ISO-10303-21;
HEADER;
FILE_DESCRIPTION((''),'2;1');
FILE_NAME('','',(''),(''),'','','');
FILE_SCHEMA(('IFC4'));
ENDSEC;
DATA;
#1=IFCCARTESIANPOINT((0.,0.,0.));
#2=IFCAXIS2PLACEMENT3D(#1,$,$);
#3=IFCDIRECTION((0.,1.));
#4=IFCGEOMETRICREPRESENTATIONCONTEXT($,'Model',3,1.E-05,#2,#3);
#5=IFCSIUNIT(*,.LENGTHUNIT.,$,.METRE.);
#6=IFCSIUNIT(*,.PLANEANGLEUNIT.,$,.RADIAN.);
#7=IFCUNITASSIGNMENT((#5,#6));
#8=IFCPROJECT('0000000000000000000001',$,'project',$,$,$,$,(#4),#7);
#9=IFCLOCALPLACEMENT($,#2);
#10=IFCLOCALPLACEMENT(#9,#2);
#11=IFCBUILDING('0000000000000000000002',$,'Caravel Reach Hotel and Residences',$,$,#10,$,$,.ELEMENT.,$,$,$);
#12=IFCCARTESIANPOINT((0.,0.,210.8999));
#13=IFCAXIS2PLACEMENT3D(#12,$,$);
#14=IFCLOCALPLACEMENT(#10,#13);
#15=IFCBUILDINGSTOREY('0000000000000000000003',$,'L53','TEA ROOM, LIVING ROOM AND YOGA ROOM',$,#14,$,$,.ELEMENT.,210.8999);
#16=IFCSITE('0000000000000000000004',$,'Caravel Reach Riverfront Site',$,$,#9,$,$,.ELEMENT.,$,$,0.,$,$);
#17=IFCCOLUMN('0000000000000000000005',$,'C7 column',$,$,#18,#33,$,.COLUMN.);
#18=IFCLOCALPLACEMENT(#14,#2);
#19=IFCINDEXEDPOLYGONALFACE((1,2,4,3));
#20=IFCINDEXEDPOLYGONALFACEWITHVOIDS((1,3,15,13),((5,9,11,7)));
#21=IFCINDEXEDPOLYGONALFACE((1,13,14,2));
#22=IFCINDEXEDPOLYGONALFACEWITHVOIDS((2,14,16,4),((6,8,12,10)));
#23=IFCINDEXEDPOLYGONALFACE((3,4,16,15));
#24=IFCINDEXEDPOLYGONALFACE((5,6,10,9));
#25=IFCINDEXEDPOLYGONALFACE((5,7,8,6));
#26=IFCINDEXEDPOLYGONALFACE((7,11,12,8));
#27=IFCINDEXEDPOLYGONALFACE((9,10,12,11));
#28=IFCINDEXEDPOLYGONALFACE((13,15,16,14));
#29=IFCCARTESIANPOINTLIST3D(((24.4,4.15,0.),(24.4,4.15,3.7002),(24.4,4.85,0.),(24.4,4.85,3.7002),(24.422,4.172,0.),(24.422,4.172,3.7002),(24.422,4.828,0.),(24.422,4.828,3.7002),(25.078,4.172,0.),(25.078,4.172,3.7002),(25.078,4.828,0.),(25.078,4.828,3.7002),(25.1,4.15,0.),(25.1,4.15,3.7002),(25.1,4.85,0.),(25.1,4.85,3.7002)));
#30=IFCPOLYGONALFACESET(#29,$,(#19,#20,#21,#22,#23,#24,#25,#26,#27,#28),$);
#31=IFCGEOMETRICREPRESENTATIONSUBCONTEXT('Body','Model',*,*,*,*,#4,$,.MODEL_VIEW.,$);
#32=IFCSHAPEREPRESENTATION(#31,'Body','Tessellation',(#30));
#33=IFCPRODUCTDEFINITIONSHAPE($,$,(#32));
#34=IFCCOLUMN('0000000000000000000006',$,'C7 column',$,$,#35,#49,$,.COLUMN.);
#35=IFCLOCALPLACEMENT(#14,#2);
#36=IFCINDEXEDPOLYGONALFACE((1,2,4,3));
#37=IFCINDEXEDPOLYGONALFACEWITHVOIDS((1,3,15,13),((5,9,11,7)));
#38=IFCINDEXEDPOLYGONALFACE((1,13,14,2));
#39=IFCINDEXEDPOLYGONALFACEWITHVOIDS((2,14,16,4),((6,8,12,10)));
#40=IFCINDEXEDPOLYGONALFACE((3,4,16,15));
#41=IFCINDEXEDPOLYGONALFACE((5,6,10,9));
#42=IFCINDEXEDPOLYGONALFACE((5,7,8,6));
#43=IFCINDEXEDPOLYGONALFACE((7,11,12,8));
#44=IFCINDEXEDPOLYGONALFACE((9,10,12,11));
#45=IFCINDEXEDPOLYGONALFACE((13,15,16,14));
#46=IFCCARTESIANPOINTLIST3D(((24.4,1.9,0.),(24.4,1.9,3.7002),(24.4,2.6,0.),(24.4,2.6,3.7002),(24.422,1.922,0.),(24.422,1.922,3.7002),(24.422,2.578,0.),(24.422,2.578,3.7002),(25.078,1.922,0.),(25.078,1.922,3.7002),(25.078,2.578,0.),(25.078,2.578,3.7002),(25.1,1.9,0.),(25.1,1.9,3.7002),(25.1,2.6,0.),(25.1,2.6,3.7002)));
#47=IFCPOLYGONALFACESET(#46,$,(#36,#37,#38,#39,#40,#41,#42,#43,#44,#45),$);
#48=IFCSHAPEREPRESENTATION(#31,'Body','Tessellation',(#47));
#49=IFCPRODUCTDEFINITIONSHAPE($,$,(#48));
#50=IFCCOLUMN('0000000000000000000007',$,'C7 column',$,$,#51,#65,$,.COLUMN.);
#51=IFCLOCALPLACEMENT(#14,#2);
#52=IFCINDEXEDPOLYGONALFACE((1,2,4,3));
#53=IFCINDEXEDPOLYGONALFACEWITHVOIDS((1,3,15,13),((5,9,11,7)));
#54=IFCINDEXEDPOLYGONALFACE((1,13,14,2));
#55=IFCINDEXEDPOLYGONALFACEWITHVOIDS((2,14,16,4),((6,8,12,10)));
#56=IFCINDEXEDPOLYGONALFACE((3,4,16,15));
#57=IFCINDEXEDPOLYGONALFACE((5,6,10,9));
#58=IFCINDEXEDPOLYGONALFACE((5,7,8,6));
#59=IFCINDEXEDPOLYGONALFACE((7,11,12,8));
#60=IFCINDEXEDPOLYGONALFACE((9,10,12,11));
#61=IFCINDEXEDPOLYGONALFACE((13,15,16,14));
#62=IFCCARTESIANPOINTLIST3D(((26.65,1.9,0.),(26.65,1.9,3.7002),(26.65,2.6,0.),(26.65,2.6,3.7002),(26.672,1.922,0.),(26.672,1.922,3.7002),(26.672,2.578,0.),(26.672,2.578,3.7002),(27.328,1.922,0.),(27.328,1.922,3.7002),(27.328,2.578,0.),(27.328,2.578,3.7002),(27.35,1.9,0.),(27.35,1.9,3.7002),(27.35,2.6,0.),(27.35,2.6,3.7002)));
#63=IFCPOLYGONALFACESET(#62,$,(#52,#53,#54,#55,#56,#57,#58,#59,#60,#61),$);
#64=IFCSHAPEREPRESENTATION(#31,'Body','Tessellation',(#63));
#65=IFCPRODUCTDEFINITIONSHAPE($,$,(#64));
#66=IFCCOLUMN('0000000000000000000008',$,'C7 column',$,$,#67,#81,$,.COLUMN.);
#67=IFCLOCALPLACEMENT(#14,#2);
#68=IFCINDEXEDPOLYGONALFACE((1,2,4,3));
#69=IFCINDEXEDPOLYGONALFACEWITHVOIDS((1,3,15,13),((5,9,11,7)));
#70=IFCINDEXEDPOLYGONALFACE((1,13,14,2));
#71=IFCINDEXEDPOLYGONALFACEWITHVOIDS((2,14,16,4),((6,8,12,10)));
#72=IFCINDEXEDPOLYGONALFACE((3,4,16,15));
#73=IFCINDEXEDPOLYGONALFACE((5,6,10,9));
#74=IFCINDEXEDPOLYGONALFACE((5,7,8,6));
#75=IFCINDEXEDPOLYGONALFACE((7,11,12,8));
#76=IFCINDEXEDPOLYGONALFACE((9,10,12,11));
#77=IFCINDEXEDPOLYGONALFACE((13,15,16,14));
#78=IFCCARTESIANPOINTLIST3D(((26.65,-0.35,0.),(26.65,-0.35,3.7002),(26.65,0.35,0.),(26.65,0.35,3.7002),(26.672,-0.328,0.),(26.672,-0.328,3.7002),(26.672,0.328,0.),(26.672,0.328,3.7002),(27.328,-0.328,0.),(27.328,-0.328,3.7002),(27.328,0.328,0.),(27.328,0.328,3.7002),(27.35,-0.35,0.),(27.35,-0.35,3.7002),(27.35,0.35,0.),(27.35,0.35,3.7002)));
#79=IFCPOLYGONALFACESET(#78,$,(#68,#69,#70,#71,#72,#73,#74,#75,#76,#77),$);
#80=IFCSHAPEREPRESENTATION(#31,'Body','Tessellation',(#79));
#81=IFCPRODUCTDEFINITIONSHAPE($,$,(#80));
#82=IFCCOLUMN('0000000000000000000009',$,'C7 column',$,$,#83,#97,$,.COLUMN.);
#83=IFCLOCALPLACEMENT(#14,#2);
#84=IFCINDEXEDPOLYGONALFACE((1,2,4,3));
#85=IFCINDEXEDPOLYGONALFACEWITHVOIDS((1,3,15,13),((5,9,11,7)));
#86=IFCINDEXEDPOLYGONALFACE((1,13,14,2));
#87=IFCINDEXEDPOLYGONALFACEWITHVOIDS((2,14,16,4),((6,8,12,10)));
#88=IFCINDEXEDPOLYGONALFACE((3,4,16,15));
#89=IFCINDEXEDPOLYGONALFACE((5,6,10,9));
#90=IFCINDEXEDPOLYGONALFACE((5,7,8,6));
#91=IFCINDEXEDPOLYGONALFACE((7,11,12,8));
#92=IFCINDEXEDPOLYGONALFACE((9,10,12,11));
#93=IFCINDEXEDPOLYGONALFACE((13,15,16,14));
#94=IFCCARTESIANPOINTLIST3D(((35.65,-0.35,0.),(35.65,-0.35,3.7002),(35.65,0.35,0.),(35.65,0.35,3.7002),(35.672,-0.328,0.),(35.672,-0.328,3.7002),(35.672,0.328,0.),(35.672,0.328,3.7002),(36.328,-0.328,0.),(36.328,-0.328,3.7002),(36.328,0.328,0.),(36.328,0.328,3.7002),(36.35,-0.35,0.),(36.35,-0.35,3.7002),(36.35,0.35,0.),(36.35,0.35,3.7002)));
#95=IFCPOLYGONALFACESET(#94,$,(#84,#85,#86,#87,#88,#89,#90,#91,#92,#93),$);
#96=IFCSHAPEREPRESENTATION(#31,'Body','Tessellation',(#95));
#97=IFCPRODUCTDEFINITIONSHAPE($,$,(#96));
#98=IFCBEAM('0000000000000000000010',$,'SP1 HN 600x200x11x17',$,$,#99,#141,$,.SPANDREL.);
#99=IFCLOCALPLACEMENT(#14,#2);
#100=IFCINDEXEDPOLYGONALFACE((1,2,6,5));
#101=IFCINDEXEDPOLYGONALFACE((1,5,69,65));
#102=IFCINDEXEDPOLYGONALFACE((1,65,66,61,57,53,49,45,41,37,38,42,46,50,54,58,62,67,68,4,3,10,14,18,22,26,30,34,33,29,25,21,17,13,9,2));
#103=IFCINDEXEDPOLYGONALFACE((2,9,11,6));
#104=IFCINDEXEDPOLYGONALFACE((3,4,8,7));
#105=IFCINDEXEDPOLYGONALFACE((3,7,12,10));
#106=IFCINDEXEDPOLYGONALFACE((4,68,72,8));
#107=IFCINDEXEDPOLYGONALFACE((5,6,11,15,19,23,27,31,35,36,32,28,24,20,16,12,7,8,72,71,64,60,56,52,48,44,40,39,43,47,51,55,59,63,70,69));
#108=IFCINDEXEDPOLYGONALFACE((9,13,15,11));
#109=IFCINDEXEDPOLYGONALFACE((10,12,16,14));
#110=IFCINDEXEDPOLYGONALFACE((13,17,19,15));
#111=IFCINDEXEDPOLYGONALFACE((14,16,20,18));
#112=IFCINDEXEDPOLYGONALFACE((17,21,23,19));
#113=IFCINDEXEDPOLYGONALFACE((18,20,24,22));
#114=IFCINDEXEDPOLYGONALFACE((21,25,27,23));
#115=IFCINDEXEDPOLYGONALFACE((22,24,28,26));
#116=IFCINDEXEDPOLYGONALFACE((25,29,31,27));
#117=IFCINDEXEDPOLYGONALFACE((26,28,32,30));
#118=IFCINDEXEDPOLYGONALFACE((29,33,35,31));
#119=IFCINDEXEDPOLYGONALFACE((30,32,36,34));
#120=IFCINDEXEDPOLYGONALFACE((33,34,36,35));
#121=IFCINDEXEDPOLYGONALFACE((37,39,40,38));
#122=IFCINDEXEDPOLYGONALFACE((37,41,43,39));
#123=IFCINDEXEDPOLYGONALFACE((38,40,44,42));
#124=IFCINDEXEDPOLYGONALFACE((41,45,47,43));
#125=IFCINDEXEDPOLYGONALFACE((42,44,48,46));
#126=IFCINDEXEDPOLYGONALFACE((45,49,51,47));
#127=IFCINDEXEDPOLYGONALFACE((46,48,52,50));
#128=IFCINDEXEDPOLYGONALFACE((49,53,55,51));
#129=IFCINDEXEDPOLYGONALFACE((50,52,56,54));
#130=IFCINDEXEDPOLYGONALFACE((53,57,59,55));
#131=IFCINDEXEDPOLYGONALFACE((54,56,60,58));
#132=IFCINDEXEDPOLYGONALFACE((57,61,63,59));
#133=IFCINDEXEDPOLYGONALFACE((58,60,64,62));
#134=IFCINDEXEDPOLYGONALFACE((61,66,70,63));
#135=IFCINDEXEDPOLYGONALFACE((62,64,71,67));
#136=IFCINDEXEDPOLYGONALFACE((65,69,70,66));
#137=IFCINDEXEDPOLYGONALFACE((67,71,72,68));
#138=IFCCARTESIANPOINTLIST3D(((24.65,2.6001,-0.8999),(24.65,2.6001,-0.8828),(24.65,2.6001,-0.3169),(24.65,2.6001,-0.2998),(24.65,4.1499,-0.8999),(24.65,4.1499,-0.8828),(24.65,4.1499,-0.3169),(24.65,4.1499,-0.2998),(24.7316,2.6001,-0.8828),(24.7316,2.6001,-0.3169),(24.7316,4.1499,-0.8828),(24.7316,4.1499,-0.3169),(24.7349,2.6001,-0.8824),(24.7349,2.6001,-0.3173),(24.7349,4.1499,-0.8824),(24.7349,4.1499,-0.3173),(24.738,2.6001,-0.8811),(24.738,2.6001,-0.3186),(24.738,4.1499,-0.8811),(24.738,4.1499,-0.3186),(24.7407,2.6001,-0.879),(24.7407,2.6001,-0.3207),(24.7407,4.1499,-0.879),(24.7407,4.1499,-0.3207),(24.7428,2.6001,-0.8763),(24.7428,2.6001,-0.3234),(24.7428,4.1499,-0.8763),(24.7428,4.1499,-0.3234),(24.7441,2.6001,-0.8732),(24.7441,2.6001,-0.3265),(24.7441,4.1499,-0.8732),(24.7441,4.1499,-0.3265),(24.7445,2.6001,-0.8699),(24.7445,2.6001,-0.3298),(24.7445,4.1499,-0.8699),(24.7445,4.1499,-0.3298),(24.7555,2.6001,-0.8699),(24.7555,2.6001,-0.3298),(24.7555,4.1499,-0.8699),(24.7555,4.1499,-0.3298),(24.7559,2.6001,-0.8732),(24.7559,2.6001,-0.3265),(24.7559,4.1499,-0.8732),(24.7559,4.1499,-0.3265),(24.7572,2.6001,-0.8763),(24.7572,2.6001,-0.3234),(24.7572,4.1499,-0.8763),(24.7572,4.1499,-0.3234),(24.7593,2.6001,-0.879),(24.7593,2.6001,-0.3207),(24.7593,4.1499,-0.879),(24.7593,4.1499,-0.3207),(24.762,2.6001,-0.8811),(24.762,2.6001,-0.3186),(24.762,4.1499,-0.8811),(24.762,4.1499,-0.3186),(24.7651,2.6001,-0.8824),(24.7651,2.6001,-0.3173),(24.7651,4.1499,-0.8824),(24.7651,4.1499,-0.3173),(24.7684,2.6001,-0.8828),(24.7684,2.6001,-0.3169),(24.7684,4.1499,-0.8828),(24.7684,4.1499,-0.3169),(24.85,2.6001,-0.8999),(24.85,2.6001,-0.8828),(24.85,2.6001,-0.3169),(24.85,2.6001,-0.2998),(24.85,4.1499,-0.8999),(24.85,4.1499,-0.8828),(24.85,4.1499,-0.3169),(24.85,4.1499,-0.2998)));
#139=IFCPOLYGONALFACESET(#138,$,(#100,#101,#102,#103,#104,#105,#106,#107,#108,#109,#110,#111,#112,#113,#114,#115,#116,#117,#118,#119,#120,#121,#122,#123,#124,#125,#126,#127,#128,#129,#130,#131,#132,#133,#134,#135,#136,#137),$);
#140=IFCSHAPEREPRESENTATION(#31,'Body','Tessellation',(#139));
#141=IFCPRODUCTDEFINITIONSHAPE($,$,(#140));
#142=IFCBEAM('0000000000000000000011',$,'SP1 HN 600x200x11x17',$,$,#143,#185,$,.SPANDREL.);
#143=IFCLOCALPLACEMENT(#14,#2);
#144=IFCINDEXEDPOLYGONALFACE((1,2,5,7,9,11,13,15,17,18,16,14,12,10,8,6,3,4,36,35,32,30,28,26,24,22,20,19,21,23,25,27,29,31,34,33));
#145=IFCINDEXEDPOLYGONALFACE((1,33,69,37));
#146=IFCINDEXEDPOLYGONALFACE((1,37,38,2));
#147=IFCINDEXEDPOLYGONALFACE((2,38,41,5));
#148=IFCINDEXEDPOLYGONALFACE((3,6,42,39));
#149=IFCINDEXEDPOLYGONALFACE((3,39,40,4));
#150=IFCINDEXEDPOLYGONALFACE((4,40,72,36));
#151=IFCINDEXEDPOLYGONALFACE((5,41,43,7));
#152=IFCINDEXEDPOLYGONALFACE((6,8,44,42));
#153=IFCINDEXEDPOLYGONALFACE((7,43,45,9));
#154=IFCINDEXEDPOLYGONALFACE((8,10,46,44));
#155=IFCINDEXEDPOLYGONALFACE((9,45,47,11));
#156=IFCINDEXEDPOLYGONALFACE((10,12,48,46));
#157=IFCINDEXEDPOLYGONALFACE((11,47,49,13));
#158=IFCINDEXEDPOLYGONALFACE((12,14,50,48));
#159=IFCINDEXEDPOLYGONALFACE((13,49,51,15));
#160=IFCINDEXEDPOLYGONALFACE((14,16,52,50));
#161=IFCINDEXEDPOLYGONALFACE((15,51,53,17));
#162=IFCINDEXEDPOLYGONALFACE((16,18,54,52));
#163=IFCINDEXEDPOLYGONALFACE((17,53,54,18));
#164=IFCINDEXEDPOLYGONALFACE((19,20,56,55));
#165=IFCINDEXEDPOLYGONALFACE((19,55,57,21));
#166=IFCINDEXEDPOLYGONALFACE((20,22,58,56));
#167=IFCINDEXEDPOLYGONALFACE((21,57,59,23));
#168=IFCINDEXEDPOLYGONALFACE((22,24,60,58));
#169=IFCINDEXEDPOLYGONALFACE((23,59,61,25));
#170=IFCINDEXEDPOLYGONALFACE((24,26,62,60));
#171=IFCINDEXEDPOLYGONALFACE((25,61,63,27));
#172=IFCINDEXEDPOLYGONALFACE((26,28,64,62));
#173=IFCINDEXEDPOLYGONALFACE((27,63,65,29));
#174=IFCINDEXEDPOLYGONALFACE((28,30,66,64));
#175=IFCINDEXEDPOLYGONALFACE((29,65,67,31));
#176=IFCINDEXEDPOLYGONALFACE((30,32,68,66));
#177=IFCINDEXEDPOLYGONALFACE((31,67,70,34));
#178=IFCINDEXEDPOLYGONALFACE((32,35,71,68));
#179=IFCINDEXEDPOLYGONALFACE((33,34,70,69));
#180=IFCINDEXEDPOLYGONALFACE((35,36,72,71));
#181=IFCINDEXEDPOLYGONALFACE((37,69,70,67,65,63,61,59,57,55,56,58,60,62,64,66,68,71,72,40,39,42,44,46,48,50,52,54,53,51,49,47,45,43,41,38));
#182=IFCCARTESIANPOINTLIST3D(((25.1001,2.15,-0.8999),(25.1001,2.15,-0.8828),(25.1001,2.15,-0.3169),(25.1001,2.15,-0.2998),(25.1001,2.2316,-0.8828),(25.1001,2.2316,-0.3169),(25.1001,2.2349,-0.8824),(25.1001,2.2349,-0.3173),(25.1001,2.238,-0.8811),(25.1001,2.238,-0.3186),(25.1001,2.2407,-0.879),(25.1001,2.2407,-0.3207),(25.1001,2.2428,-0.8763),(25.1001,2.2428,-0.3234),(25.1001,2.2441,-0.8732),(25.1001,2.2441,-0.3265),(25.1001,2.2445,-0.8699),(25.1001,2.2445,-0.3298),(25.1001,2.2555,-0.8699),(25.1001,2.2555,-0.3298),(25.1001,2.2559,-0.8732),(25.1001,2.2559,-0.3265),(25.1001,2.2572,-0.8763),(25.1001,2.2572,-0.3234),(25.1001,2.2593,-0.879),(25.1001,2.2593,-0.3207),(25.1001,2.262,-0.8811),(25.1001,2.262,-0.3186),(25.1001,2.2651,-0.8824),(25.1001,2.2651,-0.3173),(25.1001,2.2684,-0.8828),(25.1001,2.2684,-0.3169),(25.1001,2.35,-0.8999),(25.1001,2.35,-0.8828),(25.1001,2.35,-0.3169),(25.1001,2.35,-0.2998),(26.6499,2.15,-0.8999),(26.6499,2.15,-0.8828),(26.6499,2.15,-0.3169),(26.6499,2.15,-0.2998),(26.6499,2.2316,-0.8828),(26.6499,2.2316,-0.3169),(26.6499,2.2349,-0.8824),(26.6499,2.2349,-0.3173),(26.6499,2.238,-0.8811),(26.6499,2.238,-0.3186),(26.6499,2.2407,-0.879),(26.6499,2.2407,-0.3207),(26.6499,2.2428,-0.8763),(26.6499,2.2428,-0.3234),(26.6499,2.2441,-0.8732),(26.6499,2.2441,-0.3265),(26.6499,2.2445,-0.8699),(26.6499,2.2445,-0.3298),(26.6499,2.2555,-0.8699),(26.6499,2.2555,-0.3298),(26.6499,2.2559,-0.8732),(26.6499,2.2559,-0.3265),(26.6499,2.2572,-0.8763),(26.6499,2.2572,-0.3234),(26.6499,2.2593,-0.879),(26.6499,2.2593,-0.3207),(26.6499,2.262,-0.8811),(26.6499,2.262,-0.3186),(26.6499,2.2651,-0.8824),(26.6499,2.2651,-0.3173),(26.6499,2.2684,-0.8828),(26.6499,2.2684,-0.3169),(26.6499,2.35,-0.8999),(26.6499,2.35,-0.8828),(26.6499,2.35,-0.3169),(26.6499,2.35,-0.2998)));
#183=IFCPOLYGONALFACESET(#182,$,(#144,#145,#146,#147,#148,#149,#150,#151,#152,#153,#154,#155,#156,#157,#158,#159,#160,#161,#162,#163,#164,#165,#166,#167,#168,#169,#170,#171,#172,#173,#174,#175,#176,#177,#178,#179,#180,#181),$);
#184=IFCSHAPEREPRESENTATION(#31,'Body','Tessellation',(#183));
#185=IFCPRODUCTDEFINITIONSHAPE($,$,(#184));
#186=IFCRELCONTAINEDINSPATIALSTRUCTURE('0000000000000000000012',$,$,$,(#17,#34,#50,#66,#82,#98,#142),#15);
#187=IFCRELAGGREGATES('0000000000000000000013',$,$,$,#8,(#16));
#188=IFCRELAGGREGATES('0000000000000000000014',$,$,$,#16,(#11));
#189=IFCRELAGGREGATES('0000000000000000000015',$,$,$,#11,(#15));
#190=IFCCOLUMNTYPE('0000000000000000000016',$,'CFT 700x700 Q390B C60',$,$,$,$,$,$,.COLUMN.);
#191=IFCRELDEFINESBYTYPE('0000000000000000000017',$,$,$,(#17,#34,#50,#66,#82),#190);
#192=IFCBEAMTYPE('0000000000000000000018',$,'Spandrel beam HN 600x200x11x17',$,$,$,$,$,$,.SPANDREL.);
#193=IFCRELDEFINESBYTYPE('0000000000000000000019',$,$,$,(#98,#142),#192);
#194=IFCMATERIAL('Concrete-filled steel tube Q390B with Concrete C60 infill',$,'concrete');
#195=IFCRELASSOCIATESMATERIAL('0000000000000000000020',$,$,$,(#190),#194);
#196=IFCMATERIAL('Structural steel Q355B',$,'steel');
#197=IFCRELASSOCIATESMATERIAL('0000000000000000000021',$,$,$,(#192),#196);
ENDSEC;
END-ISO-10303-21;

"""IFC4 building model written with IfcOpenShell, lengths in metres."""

from ifc_helpers import new_model, si_unit, direction, frame, origin, origin_2d, place, context, subcontext, project, spatial, hollow_rectangle, i_section, extrude, material, material_profile, profile_set, type_object, element, save


model = new_model("IFC4")

# Units and contexts
model_context = context("Model", 3, precision=1e-05, world=origin(), true_north=direction((0.0, 1.0)))
body_context = subcontext(model_context, "Body", "Model", "MODEL_VIEW")
ifc_project = project(units=[si_unit("LENGTHUNIT", "METRE"), si_unit("PLANEANGLEUNIT", "RADIAN")], contexts=[model_context])

# Site, building, storey
site_placement = place(None, origin())
site = spatial("IfcSite", under=ifc_project, at=site_placement, Name="Caravel Reach Riverfront Site", CompositionType="ELEMENT", RefElevation=0.0)
building_placement = place(site_placement, origin())
building = spatial("IfcBuilding", under=site, at=building_placement, Name="Caravel Reach Hotel and Residences", CompositionType="ELEMENT")
storey_placement = place(building_placement, frame((0.0, 0.0, 210.8999)))
storey = spatial("IfcBuildingStorey", under=building, at=storey_placement, Name="L53", Description="TEA ROOM, LIVING ROOM AND YOGA ROOM", CompositionType="ELEMENT", Elevation=210.8999)

# Columns
ifc_material_1 = material(Name="Concrete-filled steel tube Q390B with Concrete C60 infill", Category="concrete")
ifc_material_profile_1 = material_profile(ifc_material_1, hollow_rectangle(XDim=0.7, YDim=0.7, WallThickness=0.022, at=origin_2d()), Name="RHS 700x700x22")
ifc_profile_set_1 = profile_set([ifc_material_profile_1], Name="Concrete-filled steel tube Q390B with Concrete C60 infill")
column_type = type_object("IfcColumnType", Name="CFT 700x700 Q390B C60", PredefinedType="COLUMN", material=ifc_profile_set_1)
for number, where, z_axis, x_axis, name in (
    (1, (24.75, 4.5, 0.0), (0.0, 0.0, 1.0), (1.0, 0.0, 0.0), "C7 column"),
    (2, (24.75, 2.25, 0.0), (0.0, 0.0, 1.0), (1.0, 0.0, 0.0), "C7 column"),
    (3, (27.0, 2.25, 0.0), (0.0, 0.0, 1.0), (1.0, 0.0, 0.0), "C7 column"),
    (4, (27.0, 0.0, 0.0), (0.0, 0.0, 1.0), (1.0, 0.0, 0.0), "C7 column"),
    (5, (36.0, 0.0, 0.0), (0.0, 0.0, 1.0), (1.0, 0.0, 0.0), "C7 column"),
):
    element("IfcColumn", number, at=place(storey_placement, frame(where, z_axis=z_axis, x_axis=x_axis)), inside=storey, type_object=column_type, Name=name, PredefinedType="COLUMN", context=body_context, shape_type="SweptSolid", body=[
        extrude(hollow_rectangle(XDim=0.7, YDim=0.7, WallThickness=0.022, at=origin_2d()), origin(), (0.0, 0.0, 1.0), 3.7002),
    ])

# Beams
ifc_material_2 = material(Name="Structural steel Q355B", Category="steel")
ifc_material_profile_2 = material_profile(ifc_material_2, i_section(OverallWidth=0.2, OverallDepth=0.6001, WebThickness=0.011, FlangeThickness=0.0171, FilletRadius=0.0129, at=origin_2d()), Name="HN 600x200x11x17")
ifc_profile_set_2 = profile_set([ifc_material_profile_2], Name="Structural steel Q355B")
beam_type = type_object("IfcBeamType", Name="Spandrel beam HN 600x200x11x17", PredefinedType="SPANDREL", material=ifc_profile_set_2)
for number, where, z_axis, x_axis, name in (
    (6, (24.75, 4.1499, -0.5999), (0.0, -1.0, 0.0), (1.0, 0.0, 0.0), "SP1 HN 600x200x11x17"),
    (7, (25.1001, 2.25, -0.5999), (1.0, 0.0, 0.0), (0.0, 1.0, 0.0), "SP1 HN 600x200x11x17"),
):
    element("IfcBeam", number, at=place(storey_placement, frame(where, z_axis=z_axis, x_axis=x_axis)), inside=storey, type_object=beam_type, Name=name, PredefinedType="SPANDREL", context=body_context, shape_type="SweptSolid", body=[
        extrude(i_section(OverallWidth=0.2, OverallDepth=0.6001, WebThickness=0.011, FlangeThickness=0.0171, FilletRadius=0.0129, at=origin_2d()), origin(), (0.0, 0.0, 1.0), 1.5498),
    ])

save(model, "model.ifc")
